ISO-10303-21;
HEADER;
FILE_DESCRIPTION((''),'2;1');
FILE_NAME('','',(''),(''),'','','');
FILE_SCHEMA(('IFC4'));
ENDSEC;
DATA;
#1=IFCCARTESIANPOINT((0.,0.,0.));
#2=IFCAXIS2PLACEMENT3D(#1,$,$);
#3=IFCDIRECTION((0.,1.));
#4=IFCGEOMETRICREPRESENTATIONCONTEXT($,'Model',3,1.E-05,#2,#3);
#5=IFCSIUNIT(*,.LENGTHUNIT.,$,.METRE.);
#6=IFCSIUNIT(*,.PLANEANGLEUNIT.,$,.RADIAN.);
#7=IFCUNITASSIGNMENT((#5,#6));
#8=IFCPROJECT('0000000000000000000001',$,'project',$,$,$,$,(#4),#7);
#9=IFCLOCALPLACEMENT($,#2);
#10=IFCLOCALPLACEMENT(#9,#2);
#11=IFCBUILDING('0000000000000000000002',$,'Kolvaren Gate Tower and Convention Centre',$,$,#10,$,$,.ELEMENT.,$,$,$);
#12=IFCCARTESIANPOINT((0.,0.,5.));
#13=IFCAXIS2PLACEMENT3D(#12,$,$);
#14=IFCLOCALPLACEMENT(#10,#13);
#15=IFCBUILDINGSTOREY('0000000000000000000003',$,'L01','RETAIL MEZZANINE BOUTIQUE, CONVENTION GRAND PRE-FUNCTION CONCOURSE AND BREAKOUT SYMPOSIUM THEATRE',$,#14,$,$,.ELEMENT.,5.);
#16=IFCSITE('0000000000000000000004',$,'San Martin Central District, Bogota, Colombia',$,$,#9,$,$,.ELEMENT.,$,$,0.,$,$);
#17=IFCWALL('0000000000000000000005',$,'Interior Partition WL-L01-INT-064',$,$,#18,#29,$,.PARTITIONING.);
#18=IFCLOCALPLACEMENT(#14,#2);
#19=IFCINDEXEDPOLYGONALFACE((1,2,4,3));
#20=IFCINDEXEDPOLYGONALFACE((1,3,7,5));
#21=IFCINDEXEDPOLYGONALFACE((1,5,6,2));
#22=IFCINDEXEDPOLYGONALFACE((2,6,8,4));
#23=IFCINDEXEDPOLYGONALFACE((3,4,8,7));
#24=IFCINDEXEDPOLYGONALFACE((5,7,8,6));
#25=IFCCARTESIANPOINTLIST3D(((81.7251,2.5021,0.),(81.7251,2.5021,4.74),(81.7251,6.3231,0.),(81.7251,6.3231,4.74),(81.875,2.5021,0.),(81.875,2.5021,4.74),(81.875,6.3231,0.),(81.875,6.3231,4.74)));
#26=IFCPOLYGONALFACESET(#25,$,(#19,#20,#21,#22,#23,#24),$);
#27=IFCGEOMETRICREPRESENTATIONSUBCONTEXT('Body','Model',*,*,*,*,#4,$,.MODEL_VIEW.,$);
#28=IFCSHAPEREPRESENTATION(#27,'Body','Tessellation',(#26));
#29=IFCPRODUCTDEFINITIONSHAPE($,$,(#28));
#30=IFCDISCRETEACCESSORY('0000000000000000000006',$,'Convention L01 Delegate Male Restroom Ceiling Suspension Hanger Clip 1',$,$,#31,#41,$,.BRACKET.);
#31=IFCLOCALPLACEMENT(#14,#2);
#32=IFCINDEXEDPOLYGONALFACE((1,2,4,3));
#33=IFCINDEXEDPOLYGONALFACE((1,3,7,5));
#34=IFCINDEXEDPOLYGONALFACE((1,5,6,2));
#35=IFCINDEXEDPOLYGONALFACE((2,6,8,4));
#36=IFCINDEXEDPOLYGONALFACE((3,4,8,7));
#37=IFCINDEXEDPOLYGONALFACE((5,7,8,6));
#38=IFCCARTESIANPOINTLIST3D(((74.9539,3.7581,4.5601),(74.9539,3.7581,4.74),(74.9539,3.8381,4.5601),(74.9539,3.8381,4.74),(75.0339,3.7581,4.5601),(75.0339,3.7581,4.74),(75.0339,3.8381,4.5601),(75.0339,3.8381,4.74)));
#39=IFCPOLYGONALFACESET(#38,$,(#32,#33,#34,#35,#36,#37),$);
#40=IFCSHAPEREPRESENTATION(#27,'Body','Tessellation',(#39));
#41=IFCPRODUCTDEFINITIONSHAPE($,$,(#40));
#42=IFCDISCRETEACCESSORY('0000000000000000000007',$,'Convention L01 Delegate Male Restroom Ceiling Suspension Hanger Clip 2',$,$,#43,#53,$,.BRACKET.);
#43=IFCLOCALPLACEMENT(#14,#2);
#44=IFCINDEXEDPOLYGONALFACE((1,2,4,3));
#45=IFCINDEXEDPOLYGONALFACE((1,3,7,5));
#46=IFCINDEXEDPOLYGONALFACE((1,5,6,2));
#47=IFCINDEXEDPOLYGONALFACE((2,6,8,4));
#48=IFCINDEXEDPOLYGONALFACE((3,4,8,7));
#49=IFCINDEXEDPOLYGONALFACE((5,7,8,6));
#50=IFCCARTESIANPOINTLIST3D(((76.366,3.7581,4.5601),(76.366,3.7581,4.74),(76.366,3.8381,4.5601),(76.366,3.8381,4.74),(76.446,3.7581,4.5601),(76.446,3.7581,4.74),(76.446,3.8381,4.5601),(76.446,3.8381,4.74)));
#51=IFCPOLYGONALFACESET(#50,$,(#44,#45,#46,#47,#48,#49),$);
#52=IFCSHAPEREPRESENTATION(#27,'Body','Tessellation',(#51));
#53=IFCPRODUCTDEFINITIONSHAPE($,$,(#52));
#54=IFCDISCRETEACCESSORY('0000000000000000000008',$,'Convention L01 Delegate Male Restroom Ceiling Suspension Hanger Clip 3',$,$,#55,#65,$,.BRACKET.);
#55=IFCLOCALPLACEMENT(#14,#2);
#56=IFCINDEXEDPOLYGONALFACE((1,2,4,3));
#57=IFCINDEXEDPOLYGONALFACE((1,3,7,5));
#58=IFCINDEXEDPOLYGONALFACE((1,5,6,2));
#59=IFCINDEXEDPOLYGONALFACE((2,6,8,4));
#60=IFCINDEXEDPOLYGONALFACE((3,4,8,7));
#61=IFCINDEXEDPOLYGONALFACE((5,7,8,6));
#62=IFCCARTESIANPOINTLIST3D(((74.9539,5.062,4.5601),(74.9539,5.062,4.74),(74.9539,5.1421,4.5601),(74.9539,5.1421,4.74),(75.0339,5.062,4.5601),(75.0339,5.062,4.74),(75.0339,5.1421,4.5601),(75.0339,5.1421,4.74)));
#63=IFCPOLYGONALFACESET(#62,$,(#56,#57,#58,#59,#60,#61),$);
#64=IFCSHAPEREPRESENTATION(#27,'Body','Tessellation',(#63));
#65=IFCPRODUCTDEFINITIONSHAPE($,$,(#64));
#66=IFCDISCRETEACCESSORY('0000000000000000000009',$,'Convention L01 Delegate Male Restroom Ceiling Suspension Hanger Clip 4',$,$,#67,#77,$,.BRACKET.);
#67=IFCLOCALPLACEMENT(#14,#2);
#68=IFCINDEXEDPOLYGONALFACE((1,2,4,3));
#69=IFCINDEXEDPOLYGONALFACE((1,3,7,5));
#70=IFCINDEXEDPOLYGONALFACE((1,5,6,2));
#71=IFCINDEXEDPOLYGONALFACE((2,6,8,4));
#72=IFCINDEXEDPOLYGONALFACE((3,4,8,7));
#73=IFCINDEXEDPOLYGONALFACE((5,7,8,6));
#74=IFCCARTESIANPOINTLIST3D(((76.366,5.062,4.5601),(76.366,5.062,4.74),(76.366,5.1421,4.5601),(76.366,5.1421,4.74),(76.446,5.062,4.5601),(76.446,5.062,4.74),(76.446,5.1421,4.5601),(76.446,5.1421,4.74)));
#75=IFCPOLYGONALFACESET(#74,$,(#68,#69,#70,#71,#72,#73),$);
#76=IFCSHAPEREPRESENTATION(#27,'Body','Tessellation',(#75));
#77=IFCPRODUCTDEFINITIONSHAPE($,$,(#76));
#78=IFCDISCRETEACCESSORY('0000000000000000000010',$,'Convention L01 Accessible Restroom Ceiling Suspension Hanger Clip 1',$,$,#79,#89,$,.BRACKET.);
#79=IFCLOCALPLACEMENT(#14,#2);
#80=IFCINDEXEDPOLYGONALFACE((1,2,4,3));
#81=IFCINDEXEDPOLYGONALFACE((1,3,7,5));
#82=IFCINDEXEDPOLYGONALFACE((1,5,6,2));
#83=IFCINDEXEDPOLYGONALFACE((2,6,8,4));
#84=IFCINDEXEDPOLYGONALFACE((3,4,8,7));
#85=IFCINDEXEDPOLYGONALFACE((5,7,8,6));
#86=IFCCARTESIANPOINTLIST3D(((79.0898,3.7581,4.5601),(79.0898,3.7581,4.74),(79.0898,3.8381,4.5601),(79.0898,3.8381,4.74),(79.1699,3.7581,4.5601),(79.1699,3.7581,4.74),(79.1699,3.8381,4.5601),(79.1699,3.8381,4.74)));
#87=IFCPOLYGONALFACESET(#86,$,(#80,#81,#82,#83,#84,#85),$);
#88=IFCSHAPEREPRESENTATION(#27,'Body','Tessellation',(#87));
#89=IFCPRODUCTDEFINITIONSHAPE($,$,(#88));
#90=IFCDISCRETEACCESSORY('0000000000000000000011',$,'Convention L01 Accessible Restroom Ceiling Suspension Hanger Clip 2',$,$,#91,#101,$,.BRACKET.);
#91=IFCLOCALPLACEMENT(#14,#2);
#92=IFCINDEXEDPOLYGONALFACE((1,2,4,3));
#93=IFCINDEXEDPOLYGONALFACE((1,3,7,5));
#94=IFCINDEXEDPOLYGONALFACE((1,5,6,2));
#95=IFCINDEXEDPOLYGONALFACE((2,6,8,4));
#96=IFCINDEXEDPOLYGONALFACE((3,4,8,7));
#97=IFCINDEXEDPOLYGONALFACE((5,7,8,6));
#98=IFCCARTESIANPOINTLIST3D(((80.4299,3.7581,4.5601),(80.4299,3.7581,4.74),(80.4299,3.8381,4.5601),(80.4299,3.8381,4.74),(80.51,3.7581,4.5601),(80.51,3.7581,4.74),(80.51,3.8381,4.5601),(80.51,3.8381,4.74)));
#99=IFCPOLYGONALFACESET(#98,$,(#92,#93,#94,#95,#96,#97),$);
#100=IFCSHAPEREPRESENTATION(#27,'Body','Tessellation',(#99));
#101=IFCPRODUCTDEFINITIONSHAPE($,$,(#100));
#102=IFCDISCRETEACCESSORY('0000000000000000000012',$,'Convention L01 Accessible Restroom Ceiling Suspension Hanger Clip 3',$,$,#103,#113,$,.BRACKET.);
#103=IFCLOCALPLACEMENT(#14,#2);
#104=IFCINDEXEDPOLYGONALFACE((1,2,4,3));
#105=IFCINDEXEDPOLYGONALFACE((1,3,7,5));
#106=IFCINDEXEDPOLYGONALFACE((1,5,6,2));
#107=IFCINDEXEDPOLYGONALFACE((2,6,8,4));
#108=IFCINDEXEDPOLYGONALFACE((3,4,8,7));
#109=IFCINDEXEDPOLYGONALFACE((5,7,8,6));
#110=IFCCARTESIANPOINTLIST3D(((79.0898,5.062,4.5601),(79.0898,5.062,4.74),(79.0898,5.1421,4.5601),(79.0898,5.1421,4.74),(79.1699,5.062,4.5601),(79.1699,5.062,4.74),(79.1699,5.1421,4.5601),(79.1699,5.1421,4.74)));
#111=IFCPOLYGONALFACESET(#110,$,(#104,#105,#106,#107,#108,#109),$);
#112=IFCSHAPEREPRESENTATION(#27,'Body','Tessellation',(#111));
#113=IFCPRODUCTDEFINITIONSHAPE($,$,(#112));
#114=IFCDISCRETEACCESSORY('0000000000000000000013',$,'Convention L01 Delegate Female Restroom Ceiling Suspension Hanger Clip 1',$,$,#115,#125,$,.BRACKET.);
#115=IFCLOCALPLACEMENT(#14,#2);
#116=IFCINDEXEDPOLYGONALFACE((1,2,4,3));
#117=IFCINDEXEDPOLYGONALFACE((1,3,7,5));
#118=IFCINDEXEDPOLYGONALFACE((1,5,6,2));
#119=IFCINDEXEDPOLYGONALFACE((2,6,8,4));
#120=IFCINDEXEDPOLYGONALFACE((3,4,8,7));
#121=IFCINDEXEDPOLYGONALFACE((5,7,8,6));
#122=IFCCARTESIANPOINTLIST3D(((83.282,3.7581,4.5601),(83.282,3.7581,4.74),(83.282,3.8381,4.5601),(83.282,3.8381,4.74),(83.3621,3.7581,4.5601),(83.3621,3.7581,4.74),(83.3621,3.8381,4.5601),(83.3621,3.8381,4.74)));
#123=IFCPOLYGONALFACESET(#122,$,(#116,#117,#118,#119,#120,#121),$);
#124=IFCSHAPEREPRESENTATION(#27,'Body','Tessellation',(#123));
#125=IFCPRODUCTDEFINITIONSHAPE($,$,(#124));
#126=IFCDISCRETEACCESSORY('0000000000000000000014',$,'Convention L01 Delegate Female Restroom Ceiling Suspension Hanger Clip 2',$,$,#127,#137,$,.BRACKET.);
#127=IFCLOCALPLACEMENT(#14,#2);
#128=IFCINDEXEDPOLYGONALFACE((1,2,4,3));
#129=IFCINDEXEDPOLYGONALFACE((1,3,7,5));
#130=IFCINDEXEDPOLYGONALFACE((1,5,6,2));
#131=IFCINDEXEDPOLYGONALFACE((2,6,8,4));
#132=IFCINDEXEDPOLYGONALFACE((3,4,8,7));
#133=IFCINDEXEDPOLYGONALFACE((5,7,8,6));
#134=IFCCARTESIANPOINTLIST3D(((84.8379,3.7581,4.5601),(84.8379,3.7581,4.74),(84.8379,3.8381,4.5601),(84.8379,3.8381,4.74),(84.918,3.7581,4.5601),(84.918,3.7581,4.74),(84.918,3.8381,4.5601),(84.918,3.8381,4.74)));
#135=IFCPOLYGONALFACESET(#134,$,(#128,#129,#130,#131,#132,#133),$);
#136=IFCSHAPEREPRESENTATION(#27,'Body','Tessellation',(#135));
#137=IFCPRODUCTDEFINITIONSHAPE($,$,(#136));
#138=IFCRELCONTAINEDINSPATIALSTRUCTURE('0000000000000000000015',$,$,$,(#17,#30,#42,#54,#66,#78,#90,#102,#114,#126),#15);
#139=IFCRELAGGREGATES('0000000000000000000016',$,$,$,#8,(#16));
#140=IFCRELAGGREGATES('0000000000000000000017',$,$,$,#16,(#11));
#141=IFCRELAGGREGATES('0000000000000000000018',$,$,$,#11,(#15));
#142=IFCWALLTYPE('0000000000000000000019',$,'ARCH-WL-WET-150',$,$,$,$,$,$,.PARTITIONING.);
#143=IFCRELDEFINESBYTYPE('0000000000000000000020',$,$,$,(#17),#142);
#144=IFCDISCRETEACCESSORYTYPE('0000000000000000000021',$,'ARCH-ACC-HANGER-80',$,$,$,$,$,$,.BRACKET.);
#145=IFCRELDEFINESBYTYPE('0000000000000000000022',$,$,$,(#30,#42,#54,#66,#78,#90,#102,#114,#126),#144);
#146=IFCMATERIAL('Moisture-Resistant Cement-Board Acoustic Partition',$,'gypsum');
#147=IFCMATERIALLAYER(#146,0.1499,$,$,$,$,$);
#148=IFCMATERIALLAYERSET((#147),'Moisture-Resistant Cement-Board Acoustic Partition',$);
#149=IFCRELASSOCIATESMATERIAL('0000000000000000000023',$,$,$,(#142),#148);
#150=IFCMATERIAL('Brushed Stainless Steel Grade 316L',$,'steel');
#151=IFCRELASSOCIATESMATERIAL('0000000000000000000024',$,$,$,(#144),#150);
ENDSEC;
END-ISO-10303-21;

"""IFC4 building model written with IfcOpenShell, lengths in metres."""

from ifc_helpers import new_model, si_unit, direction, frame, frame_2d, origin, origin_2d, place, context, subcontext, project, spatial, rectangle, extrude, material, layer, layer_set, type_object, element, save


model = new_model("IFC4")

# Units and contexts
model_context = context("Model", 3, precision=1e-05, world=origin(), true_north=direction((0.0, 1.0)))
body_context = subcontext(model_context, "Body", "Model", "MODEL_VIEW")
ifc_project = project(units=[si_unit("LENGTHUNIT", "METRE"), si_unit("PLANEANGLEUNIT", "RADIAN")], contexts=[model_context])

# Site, building, storey
site_placement = place(None, origin())
site = spatial("IfcSite", under=ifc_project, at=site_placement, Name="San Martin Central District, Bogota, Colombia", CompositionType="ELEMENT", RefElevation=0.0)
building_placement = place(site_placement, origin())
building = spatial("IfcBuilding", under=site, at=building_placement, Name="Kolvaren Gate Tower and Convention Centre", CompositionType="ELEMENT")
storey_placement = place(building_placement, frame((0.0, 0.0, 5.0)))
storey = spatial("IfcBuildingStorey", under=building, at=storey_placement, Name="L01", Description="RETAIL MEZZANINE BOUTIQUE, CONVENTION GRAND PRE-FUNCTION CONCOURSE AND BREAKOUT SYMPOSIUM THEATRE", CompositionType="ELEMENT", Elevation=5.0)

# Wall
ifc_material_1 = material(Name="Moisture-Resistant Cement-Board Acoustic Partition", Category="gypsum")
ifc_layer_1 = layer(ifc_material_1, 0.1499)
ifc_layer_set_1 = layer_set([ifc_layer_1], Name="Moisture-Resistant Cement-Board Acoustic Partition")
wall_type_1 = type_object("IfcWallType", Name="ARCH-WL-WET-150", PredefinedType="PARTITIONING", material=ifc_layer_set_1)
for number, where, z_axis, x_axis, name in (
    (1, (81.8, 2.502, 0.0), (0.0, 0.0, 1.0), (0.0, 1.0, 0.0), "Interior Partition WL-L01-INT-064"),
):
    element("IfcWall", number, at=place(storey_placement, frame(where, z_axis=z_axis, x_axis=x_axis)), inside=storey, type_object=wall_type_1, Name=name, PredefinedType="PARTITIONING", context=body_context, shape_type="SweptSolid", body=[
        extrude(rectangle(XDim=3.821, YDim=0.1499, at=frame_2d((1.9106, 0.0))), origin(), (0.0, 0.0, 1.0), 4.74),
    ])

# Discrete accessories
ifc_material_2 = material(Name="Brushed Stainless Steel Grade 316L", Category="steel")
discrete_accessory_type = type_object("IfcDiscreteAccessoryType", Name="ARCH-ACC-HANGER-80", PredefinedType="BRACKET", material=ifc_material_2)
for number, where, z_axis, x_axis, name in (
    (2, (74.9939, 3.7981, 4.5601), (0.0, 0.0, 1.0), (1.0, 0.0, 0.0), "Convention L01 Delegate Male Restroom Ceiling Suspension Hanger Clip 1"),
    (3, (76.406, 3.7981, 4.5601), (0.0, 0.0, 1.0), (1.0, 0.0, 0.0), "Convention L01 Delegate Male Restroom Ceiling Suspension Hanger Clip 2"),
    (4, (74.9939, 5.1021, 4.5601), (0.0, 0.0, 1.0), (1.0, 0.0, 0.0), "Convention L01 Delegate Male Restroom Ceiling Suspension Hanger Clip 3"),
    (5, (76.406, 5.1021, 4.5601), (0.0, 0.0, 1.0), (1.0, 0.0, 0.0), "Convention L01 Delegate Male Restroom Ceiling Suspension Hanger Clip 4"),
    (6, (79.1299, 3.7981, 4.5601), (0.0, 0.0, 1.0), (1.0, 0.0, 0.0), "Convention L01 Accessible Restroom Ceiling Suspension Hanger Clip 1"),
    (7, (80.47, 3.7981, 4.5601), (0.0, 0.0, 1.0), (1.0, 0.0, 0.0), "Convention L01 Accessible Restroom Ceiling Suspension Hanger Clip 2"),
    (8, (79.1299, 5.1021, 4.5601), (0.0, 0.0, 1.0), (1.0, 0.0, 0.0), "Convention L01 Accessible Restroom Ceiling Suspension Hanger Clip 3"),
    (9, (83.322, 3.7981, 4.5601), (0.0, 0.0, 1.0), (1.0, 0.0, 0.0), "Convention L01 Delegate Female Restroom Ceiling Suspension Hanger Clip 1"),
    (10, (84.8779, 3.7981, 4.5601), (0.0, 0.0, 1.0), (1.0, 0.0, 0.0), "Convention L01 Delegate Female Restroom Ceiling Suspension Hanger Clip 2"),
):
    element("IfcDiscreteAccessory", number, at=place(storey_placement, frame(where, z_axis=z_axis, x_axis=x_axis)), inside=storey, type_object=discrete_accessory_type, Name=name, PredefinedType="BRACKET", context=body_context, shape_type="SweptSolid", body=[
        extrude(rectangle(XDim=0.0801, YDim=0.0801, at=origin_2d()), origin(), (0.0, 0.0, 1.0), 0.1799),
    ])

save(model, "model.ifc")
